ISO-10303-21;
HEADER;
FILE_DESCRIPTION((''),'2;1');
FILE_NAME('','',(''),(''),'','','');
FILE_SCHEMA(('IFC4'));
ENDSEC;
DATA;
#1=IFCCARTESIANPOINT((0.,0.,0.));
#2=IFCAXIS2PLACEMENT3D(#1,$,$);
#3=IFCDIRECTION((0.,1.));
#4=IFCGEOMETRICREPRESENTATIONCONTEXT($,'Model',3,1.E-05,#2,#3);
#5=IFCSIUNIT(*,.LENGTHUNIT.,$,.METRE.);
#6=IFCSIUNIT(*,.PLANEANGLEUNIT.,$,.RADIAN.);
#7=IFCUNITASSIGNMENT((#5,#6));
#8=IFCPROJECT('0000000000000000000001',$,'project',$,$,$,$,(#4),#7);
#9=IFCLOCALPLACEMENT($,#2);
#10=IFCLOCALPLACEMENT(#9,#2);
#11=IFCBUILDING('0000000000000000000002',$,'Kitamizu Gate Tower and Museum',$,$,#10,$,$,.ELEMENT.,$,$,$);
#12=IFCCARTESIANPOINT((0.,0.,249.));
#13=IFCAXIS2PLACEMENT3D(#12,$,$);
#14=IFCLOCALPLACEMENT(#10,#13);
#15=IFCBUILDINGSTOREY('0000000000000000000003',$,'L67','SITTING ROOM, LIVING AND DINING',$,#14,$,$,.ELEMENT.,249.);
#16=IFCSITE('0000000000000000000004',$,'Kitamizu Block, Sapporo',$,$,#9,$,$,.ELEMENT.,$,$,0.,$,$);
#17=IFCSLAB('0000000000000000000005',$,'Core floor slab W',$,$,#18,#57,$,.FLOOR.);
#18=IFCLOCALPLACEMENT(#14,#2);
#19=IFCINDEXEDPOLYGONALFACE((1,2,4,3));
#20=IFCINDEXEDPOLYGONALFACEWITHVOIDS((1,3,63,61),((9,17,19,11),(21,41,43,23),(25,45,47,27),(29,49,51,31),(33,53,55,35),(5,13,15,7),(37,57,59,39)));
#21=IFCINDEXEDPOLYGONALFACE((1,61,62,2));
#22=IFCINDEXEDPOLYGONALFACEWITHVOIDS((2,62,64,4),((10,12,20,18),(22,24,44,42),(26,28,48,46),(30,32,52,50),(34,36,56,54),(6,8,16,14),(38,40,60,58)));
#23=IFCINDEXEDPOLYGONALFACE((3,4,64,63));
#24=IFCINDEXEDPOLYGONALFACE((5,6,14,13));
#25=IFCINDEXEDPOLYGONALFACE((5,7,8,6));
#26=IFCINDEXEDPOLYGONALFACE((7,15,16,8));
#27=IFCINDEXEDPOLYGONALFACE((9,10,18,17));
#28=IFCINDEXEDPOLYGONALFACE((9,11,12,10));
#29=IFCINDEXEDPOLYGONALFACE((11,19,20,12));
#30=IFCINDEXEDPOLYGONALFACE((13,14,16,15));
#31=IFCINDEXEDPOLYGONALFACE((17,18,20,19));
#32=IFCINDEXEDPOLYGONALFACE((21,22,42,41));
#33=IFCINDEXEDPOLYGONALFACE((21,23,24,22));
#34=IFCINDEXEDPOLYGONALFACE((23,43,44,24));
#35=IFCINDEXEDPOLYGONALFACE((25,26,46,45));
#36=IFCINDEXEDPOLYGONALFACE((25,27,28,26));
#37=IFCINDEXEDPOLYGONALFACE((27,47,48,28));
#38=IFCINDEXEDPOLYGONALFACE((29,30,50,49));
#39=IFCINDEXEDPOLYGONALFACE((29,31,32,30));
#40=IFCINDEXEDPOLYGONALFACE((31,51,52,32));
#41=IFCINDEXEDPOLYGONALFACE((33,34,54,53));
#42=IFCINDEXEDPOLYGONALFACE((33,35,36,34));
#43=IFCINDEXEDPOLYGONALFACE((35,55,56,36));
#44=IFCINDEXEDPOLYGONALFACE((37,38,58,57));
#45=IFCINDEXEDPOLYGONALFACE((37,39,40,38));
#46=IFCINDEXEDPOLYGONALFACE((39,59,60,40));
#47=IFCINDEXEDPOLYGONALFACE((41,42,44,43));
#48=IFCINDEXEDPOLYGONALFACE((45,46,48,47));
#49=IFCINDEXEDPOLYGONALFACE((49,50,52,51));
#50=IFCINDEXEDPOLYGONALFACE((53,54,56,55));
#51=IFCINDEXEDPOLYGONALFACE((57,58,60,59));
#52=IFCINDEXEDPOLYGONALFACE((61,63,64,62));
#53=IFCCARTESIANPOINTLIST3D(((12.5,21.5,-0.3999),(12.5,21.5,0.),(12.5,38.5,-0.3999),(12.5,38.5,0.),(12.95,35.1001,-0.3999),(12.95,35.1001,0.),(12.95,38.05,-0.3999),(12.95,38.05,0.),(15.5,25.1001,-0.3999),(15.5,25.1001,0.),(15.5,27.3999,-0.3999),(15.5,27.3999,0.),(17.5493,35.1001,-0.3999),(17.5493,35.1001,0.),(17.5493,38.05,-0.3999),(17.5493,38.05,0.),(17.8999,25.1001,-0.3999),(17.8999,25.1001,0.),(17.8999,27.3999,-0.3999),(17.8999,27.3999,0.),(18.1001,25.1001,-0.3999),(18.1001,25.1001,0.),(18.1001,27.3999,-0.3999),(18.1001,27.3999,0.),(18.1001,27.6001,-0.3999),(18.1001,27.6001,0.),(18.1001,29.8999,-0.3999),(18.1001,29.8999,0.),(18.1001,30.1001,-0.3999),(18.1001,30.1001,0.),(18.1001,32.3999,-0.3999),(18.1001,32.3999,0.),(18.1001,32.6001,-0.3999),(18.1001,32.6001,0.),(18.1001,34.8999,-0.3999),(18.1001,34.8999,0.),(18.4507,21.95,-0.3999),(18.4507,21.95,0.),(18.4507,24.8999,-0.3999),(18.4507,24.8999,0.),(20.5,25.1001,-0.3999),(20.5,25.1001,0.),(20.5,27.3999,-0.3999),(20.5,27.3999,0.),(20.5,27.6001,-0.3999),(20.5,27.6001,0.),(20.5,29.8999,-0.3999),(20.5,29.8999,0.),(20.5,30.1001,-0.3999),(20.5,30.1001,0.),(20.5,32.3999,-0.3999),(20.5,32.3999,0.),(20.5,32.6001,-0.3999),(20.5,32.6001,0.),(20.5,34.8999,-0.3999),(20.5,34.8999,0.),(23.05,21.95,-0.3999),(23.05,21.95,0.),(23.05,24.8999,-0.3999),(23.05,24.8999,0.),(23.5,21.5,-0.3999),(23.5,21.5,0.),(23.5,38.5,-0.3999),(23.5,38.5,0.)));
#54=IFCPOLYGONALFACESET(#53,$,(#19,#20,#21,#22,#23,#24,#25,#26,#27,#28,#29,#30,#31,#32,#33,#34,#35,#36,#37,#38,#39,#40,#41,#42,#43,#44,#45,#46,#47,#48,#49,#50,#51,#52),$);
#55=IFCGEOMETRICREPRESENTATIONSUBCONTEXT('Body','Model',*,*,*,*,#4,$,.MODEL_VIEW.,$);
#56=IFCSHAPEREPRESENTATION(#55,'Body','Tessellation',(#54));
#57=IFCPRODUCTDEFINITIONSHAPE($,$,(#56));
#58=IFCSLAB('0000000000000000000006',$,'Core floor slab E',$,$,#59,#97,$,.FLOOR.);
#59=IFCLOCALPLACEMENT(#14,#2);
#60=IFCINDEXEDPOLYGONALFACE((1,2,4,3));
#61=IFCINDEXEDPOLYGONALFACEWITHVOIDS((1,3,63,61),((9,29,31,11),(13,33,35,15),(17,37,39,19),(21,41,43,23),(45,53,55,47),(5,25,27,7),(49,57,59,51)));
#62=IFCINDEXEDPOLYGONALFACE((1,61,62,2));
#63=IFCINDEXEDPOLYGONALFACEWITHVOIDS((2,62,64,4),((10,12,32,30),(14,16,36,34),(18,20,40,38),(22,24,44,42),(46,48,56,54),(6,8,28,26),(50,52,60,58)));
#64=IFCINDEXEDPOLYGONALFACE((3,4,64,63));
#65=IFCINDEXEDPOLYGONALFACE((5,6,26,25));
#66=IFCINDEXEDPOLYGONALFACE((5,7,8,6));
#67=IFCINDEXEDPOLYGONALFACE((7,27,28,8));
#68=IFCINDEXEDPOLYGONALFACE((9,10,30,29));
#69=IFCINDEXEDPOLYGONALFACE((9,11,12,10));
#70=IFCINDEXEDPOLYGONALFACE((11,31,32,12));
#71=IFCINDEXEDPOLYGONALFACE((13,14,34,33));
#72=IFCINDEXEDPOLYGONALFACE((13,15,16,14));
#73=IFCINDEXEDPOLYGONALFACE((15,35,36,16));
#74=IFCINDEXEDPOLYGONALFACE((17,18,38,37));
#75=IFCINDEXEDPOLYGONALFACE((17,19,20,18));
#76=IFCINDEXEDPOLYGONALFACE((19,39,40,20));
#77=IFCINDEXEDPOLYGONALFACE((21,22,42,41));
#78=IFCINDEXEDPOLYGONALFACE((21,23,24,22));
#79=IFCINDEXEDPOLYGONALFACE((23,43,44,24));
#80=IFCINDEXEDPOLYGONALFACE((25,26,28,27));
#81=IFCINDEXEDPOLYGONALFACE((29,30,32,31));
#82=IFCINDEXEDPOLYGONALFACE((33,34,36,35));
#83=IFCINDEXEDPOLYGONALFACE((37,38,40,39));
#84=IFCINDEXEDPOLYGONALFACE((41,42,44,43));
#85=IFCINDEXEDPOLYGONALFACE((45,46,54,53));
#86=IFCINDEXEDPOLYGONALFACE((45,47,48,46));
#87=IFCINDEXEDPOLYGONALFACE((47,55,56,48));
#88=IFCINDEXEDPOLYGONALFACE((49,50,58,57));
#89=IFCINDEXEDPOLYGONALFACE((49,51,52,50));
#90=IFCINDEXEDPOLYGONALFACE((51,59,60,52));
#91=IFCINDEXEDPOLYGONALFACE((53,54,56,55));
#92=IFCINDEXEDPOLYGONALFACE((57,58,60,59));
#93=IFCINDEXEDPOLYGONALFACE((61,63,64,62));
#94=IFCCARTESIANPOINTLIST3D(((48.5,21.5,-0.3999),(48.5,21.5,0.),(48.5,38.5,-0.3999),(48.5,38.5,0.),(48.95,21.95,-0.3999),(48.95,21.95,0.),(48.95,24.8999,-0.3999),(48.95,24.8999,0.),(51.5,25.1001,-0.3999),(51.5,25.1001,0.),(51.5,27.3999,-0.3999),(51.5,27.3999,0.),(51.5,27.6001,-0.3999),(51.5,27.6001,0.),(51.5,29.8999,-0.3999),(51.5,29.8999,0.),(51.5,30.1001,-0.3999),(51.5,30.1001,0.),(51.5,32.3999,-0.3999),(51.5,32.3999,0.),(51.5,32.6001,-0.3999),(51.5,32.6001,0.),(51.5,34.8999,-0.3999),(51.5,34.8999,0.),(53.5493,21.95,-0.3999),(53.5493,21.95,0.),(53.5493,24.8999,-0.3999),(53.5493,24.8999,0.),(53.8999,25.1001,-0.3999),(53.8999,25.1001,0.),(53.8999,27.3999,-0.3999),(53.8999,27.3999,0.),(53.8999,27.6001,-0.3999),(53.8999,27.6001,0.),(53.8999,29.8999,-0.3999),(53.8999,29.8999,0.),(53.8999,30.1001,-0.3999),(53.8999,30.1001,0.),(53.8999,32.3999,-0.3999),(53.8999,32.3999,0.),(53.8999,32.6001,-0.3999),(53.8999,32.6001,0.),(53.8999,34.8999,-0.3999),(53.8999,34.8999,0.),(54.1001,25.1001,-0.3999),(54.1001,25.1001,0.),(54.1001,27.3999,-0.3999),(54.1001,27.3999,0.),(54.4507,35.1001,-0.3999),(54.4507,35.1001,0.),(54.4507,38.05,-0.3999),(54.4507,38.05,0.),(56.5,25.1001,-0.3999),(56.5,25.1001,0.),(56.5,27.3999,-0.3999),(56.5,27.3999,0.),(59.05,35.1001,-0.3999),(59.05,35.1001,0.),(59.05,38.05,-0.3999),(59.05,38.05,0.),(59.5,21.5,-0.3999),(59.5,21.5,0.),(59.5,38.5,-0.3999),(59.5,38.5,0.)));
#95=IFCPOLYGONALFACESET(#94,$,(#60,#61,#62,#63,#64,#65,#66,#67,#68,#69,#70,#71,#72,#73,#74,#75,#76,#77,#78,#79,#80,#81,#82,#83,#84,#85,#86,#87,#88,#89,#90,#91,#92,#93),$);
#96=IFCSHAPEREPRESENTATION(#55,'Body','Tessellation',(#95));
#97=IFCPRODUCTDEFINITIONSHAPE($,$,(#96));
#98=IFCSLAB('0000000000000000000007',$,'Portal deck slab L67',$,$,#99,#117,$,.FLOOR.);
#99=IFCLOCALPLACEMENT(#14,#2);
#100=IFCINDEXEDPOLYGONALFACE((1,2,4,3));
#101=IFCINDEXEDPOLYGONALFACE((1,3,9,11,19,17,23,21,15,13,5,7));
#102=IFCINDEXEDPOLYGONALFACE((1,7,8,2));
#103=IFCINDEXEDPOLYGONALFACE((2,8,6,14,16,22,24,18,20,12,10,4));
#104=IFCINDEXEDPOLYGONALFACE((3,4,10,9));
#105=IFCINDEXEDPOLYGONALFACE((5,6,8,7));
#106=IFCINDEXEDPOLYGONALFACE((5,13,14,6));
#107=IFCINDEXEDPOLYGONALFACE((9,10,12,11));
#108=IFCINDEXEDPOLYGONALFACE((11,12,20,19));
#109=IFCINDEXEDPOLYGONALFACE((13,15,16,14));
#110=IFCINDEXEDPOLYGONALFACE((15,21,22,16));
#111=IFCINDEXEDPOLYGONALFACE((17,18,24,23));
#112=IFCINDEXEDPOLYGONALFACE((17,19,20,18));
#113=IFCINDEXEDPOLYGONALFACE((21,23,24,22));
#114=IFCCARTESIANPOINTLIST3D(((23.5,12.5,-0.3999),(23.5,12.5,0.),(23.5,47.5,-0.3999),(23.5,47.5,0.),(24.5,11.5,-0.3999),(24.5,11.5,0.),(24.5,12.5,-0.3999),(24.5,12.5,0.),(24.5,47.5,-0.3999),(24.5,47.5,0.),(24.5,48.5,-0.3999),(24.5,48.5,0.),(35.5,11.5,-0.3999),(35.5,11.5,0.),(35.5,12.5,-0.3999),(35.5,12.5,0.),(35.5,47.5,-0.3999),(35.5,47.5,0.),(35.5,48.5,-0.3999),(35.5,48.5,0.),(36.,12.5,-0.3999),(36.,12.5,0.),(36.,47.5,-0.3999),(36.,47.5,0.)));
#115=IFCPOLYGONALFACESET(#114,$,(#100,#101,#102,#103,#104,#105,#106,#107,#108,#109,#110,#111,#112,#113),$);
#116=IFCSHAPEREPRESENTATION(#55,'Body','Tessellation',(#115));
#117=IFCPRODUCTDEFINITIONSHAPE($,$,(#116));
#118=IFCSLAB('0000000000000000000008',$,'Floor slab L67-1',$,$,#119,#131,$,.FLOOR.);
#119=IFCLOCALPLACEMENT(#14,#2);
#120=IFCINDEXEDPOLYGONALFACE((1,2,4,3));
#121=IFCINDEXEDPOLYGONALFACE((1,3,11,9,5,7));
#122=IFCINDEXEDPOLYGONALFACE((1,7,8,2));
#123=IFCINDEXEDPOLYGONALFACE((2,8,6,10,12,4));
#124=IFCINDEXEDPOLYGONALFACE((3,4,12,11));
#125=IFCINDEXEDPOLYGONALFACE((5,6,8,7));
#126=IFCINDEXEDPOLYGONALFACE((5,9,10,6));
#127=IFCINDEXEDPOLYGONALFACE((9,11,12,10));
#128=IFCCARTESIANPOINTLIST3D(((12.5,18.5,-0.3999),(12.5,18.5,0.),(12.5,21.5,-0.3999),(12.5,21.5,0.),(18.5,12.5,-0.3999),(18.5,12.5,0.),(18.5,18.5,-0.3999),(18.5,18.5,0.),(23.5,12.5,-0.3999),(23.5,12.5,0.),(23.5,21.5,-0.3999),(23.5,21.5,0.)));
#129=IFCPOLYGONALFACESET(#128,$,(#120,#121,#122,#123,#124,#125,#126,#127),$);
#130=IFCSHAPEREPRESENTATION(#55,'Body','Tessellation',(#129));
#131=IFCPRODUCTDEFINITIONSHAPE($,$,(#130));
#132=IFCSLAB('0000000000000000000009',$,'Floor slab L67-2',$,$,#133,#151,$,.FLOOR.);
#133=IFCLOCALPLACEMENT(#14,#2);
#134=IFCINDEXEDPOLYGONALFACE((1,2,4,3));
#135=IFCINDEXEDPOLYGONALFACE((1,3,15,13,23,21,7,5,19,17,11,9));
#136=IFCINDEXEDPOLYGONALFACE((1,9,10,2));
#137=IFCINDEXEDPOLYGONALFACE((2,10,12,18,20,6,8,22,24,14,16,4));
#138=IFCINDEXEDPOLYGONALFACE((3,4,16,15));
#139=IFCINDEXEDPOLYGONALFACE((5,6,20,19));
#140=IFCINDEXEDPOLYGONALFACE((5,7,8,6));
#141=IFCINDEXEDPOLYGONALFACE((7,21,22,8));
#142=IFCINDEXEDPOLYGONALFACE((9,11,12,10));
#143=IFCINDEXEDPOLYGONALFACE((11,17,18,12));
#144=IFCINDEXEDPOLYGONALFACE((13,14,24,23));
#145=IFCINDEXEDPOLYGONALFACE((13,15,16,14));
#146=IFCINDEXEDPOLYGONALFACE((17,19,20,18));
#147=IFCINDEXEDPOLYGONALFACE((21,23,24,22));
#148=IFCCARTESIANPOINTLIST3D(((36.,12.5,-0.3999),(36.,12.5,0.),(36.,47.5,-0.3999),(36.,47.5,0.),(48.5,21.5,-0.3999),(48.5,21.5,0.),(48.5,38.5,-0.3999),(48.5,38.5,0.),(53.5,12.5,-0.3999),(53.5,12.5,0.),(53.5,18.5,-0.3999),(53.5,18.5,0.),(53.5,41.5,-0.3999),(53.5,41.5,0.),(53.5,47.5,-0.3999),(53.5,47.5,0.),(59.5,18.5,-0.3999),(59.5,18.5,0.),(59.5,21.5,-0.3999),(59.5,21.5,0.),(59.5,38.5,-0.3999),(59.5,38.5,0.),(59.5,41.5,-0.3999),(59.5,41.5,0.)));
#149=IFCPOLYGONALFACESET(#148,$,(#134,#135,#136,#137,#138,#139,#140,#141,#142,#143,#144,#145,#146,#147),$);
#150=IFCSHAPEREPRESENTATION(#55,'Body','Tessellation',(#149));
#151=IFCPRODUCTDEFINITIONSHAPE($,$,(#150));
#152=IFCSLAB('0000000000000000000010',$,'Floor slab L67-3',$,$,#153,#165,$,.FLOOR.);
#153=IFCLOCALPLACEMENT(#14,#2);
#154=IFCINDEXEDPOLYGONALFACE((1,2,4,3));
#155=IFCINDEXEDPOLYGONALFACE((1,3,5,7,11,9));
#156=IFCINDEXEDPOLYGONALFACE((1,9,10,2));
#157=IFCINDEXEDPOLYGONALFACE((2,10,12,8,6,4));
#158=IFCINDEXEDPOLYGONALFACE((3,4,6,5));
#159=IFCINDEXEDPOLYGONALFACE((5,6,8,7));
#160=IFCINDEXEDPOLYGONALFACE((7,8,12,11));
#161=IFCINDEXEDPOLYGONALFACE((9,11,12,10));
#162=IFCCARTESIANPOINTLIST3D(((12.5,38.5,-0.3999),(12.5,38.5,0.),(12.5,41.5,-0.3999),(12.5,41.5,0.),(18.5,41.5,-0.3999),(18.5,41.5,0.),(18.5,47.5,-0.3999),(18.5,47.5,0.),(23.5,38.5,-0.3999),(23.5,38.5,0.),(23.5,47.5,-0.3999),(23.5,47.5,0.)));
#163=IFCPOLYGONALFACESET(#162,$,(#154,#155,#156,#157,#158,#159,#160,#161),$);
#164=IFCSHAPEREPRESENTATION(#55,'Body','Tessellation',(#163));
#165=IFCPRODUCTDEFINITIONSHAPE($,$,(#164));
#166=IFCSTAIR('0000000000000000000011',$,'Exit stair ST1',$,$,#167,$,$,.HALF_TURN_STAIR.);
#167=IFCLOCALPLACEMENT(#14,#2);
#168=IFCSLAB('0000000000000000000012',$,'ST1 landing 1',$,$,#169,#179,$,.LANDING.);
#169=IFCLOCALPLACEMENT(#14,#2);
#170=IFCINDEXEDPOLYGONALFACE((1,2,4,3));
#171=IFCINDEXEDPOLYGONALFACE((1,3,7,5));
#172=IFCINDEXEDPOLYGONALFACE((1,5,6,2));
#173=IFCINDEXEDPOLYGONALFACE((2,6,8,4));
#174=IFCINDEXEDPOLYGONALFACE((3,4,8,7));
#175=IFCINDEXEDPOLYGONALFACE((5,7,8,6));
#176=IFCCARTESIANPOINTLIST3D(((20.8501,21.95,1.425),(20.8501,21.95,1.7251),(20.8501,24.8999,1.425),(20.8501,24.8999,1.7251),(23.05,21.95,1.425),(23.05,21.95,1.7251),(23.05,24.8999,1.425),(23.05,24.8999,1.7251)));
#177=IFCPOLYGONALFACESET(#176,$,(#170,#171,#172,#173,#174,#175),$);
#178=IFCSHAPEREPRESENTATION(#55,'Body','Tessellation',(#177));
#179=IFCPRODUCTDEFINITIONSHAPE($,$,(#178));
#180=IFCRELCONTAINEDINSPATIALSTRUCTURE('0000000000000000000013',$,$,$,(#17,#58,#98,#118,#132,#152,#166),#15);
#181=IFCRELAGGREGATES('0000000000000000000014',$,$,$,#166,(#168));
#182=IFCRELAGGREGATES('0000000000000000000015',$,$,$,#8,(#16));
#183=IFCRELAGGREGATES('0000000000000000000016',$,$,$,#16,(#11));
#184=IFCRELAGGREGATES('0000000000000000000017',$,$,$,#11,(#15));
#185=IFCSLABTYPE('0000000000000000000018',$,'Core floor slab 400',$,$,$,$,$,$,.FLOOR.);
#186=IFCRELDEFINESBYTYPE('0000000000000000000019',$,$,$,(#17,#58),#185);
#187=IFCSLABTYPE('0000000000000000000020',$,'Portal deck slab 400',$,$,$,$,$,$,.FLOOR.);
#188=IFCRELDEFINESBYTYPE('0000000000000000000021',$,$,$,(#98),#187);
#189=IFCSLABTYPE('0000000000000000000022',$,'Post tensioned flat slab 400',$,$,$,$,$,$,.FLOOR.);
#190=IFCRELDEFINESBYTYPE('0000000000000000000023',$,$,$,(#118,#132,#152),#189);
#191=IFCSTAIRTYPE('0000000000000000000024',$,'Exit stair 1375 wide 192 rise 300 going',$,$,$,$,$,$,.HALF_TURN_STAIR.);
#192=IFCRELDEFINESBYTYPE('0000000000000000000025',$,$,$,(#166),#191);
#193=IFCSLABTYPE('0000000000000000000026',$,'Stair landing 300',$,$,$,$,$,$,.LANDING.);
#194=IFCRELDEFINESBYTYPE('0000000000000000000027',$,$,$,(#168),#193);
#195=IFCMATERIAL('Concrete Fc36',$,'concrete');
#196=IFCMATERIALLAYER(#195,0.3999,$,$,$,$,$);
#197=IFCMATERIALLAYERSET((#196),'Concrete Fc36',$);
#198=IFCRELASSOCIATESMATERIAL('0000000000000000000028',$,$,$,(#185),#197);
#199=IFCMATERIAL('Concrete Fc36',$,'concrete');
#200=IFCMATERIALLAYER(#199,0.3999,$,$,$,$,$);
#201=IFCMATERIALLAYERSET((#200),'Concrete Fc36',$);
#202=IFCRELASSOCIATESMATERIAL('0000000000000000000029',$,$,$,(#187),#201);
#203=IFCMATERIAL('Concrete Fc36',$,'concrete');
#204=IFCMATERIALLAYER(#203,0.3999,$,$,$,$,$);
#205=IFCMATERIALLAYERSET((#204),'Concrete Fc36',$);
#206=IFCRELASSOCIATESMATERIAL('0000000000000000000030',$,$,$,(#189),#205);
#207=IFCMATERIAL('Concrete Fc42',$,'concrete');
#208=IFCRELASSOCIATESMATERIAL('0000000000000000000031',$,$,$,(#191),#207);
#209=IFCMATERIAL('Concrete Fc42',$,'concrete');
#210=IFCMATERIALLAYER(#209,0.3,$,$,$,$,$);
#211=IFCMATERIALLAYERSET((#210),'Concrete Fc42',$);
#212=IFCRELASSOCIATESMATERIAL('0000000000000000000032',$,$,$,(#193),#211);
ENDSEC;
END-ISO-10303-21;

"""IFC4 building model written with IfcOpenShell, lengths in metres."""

from ifc_helpers import new_model, si_unit, direction, frame, origin, place, context, subcontext, project, spatial, polyline, outline, extrude, material, layer, layer_set, type_object, element, aggregate, save


model = new_model("IFC4")

# Units and contexts
model_context = context("Model", 3, precision=1e-05, world=origin(), true_north=direction((0.0, 1.0)))
body_context = subcontext(model_context, "Body", "Model", "MODEL_VIEW")
ifc_project = project(units=[si_unit("LENGTHUNIT", "METRE"), si_unit("PLANEANGLEUNIT", "RADIAN")], contexts=[model_context])

# Site, building, storey
site_placement = place(None, origin())
site = spatial("IfcSite", under=ifc_project, at=site_placement, Name="Kitamizu Block, Sapporo", CompositionType="ELEMENT", RefElevation=0.0)
building_placement = place(site_placement, origin())
building = spatial("IfcBuilding", under=site, at=building_placement, Name="Kitamizu Gate Tower and Museum", CompositionType="ELEMENT")
storey_placement = place(building_placement, frame((0.0, 0.0, 249.0)))
storey = spatial("IfcBuildingStorey", under=building, at=storey_placement, Name="L67", Description="SITTING ROOM, LIVING AND DINING", CompositionType="ELEMENT", Elevation=249.0)

# Slabs
ifc_material_1 = material(Name="Concrete Fc36", Category="concrete")
ifc_layer_1 = layer(ifc_material_1, 0.3999)
ifc_layer_set_1 = layer_set([ifc_layer_1], Name="Concrete Fc36")
slab_type_1 = type_object("IfcSlabType", Name="Core floor slab 400", PredefinedType="FLOOR", material=ifc_layer_set_1)
slab_1_placement = place(storey_placement, frame((0.0, 0.0, -0.3999)))
element("IfcSlab", 1, at=slab_1_placement, inside=storey, type_object=slab_type_1, Name="Core floor slab W", PredefinedType="FLOOR", context=body_context, shape_type="SweptSolid", body=[
    extrude(outline(polyline([(12.5, 21.5), (23.5, 21.5), (23.5, 38.5), (12.5, 38.5), (12.5, 21.5)]), holes=[polyline([(15.5, 25.1001), (17.8999, 25.1001), (17.8999, 27.3999), (15.5, 27.3999), (15.5, 25.1001)]), polyline([(18.1001, 25.1001), (20.5, 25.1001), (20.5, 27.3999), (18.1001, 27.3999), (18.1001, 25.1001)]), polyline([(18.1001, 27.6001), (20.5, 27.6001), (20.5, 29.8999), (18.1001, 29.8999), (18.1001, 27.6001)]), polyline([(18.1001, 30.1001), (20.5, 30.1001), (20.5, 32.3999), (18.1001, 32.3999), (18.1001, 30.1001)]), polyline([(18.1001, 32.6001), (20.5, 32.6001), (20.5, 34.8999), (18.1001, 34.8999), (18.1001, 32.6001)]), polyline([(18.4507, 21.95), (23.05, 21.95), (23.05, 24.8999), (18.4507, 24.8999), (18.4507, 21.95)]), polyline([(12.95, 35.1001), (17.5493, 35.1001), (17.5493, 38.05), (12.95, 38.05), (12.95, 35.1001)])]), origin(), (0.0, 0.0, 1.0), 0.3999),
])
slab_2_placement = place(storey_placement, frame((0.0, 0.0, -0.3999)))
element("IfcSlab", 2, at=slab_2_placement, inside=storey, type_object=slab_type_1, Name="Core floor slab E", PredefinedType="FLOOR", context=body_context, shape_type="SweptSolid", body=[
    extrude(outline(polyline([(48.5, 21.5), (59.5, 21.5), (59.5, 38.5), (48.5, 38.5), (48.5, 21.5)]), holes=[polyline([(54.1001, 25.1001), (56.5, 25.1001), (56.5, 27.3999), (54.1001, 27.3999), (54.1001, 25.1001)]), polyline([(51.5, 25.1001), (53.8999, 25.1001), (53.8999, 27.3999), (51.5, 27.3999), (51.5, 25.1001)]), polyline([(51.5, 27.6001), (53.8999, 27.6001), (53.8999, 29.8999), (51.5, 29.8999), (51.5, 27.6001)]), polyline([(51.5, 30.1001), (53.8999, 30.1001), (53.8999, 32.3999), (51.5, 32.3999), (51.5, 30.1001)]), polyline([(51.5, 32.6001), (53.8999, 32.6001), (53.8999, 34.8999), (51.5, 34.8999), (51.5, 32.6001)]), polyline([(48.95, 21.95), (53.5493, 21.95), (53.5493, 24.8999), (48.95, 24.8999), (48.95, 21.95)]), polyline([(54.4507, 35.1001), (59.05, 35.1001), (59.05, 38.05), (54.4507, 38.05), (54.4507, 35.1001)])]), origin(), (0.0, 0.0, 1.0), 0.3999),
])
ifc_material_2 = material(Name="Concrete Fc36", Category="concrete")
ifc_layer_2 = layer(ifc_material_2, 0.3999)
ifc_layer_set_2 = layer_set([ifc_layer_2], Name="Concrete Fc36")
slab_type_2 = type_object("IfcSlabType", Name="Portal deck slab 400", PredefinedType="FLOOR", material=ifc_layer_set_2)
slab_3_placement = place(storey_placement, frame((0.0, 0.0, -0.3999)))
element("IfcSlab", 3, at=slab_3_placement, inside=storey, type_object=slab_type_2, Name="Portal deck slab L67", PredefinedType="FLOOR", context=body_context, shape_type="SweptSolid", body=[
    extrude(outline(polyline([(35.5, 11.5), (24.5, 11.5), (24.5, 12.5), (23.5, 12.5), (23.5, 47.5), (24.5, 47.5), (24.5, 48.5), (35.5, 48.5), (35.5, 47.5), (36.0, 47.5), (36.0, 12.5), (35.5, 12.5), (35.5, 11.5)])), origin(), (0.0, 0.0, 1.0), 0.3999),
])
ifc_material_3 = material(Name="Concrete Fc36", Category="concrete")
ifc_layer_3 = layer(ifc_material_3, 0.3999)
ifc_layer_set_3 = layer_set([ifc_layer_3], Name="Concrete Fc36")
slab_type_3 = type_object("IfcSlabType", Name="Post tensioned flat slab 400", PredefinedType="FLOOR", material=ifc_layer_set_3)
slab_4_placement = place(storey_placement, frame((0.0, 0.0, -0.3999)))
element("IfcSlab", 4, at=slab_4_placement, inside=storey, type_object=slab_type_3, Name="Floor slab L67-1", PredefinedType="FLOOR", context=body_context, shape_type="SweptSolid", body=[
    extrude(outline(polyline([(12.5, 21.5), (23.5, 21.5), (23.5, 12.5), (18.5, 12.5), (18.5, 18.5), (12.5, 18.5), (12.5, 21.5)])), origin(), (0.0, 0.0, 1.0), 0.3999),
])
slab_5_placement = place(storey_placement, frame((0.0, 0.0, -0.3999)))
element("IfcSlab", 5, at=slab_5_placement, inside=storey, type_object=slab_type_3, Name="Floor slab L67-2", PredefinedType="FLOOR", context=body_context, shape_type="SweptSolid", body=[
    extrude(outline(polyline([(53.5, 47.5), (53.5, 41.5), (59.5, 41.5), (59.5, 38.5), (48.5, 38.5), (48.5, 21.5), (59.5, 21.5), (59.5, 18.5), (53.5, 18.5), (53.5, 12.5), (36.0, 12.5), (36.0, 47.5), (53.5, 47.5)])), origin(), (0.0, 0.0, 1.0), 0.3999),
])
slab_6_placement = place(storey_placement, frame((0.0, 0.0, -0.3999)))
element("IfcSlab", 6, at=slab_6_placement, inside=storey, type_object=slab_type_3, Name="Floor slab L67-3", PredefinedType="FLOOR", context=body_context, shape_type="SweptSolid", body=[
    extrude(outline(polyline([(12.5, 38.5), (12.5, 41.5), (18.5, 41.5), (18.5, 47.5), (23.5, 47.5), (23.5, 38.5), (12.5, 38.5)])), origin(), (0.0, 0.0, 1.0), 0.3999),
])

# Stair, slab
ifc_material_4 = material(Name="Concrete Fc42", Category="concrete")
stair_type = type_object("IfcStairType", Name="Exit stair 1375 wide 192 rise 300 going", PredefinedType="HALF_TURN_STAIR", material=ifc_material_4)
stair_1_placement = place(storey_placement, origin())
stair_1 = element("IfcStair", 7, at=stair_1_placement, inside=storey, type_object=stair_type, Name="Exit stair ST1", PredefinedType="HALF_TURN_STAIR")
ifc_material_5 = material(Name="Concrete Fc42", Category="concrete")
ifc_layer_4 = layer(ifc_material_5, 0.3)
ifc_layer_set_4 = layer_set([ifc_layer_4], Name="Concrete Fc42")
slab_type_4 = type_object("IfcSlabType", Name="Stair landing 300", PredefinedType="LANDING", material=ifc_layer_set_4)
slab_7_placement = place(storey_placement, frame((0.0, 0.0, 1.425)))
slab_7 = element("IfcSlab", 8, at=slab_7_placement, type_object=slab_type_4, Name="ST1 landing 1", PredefinedType="LANDING", context=body_context, shape_type="SweptSolid", body=[
    extrude(outline(polyline([(20.8501, 21.95), (23.05, 21.95), (23.05, 24.8999), (20.8501, 24.8999), (20.8501, 21.95)])), origin(), (0.0, 0.0, 1.0), 0.3),
])
aggregate(stair_1, [slab_7])

save(model, "model.ifc")
